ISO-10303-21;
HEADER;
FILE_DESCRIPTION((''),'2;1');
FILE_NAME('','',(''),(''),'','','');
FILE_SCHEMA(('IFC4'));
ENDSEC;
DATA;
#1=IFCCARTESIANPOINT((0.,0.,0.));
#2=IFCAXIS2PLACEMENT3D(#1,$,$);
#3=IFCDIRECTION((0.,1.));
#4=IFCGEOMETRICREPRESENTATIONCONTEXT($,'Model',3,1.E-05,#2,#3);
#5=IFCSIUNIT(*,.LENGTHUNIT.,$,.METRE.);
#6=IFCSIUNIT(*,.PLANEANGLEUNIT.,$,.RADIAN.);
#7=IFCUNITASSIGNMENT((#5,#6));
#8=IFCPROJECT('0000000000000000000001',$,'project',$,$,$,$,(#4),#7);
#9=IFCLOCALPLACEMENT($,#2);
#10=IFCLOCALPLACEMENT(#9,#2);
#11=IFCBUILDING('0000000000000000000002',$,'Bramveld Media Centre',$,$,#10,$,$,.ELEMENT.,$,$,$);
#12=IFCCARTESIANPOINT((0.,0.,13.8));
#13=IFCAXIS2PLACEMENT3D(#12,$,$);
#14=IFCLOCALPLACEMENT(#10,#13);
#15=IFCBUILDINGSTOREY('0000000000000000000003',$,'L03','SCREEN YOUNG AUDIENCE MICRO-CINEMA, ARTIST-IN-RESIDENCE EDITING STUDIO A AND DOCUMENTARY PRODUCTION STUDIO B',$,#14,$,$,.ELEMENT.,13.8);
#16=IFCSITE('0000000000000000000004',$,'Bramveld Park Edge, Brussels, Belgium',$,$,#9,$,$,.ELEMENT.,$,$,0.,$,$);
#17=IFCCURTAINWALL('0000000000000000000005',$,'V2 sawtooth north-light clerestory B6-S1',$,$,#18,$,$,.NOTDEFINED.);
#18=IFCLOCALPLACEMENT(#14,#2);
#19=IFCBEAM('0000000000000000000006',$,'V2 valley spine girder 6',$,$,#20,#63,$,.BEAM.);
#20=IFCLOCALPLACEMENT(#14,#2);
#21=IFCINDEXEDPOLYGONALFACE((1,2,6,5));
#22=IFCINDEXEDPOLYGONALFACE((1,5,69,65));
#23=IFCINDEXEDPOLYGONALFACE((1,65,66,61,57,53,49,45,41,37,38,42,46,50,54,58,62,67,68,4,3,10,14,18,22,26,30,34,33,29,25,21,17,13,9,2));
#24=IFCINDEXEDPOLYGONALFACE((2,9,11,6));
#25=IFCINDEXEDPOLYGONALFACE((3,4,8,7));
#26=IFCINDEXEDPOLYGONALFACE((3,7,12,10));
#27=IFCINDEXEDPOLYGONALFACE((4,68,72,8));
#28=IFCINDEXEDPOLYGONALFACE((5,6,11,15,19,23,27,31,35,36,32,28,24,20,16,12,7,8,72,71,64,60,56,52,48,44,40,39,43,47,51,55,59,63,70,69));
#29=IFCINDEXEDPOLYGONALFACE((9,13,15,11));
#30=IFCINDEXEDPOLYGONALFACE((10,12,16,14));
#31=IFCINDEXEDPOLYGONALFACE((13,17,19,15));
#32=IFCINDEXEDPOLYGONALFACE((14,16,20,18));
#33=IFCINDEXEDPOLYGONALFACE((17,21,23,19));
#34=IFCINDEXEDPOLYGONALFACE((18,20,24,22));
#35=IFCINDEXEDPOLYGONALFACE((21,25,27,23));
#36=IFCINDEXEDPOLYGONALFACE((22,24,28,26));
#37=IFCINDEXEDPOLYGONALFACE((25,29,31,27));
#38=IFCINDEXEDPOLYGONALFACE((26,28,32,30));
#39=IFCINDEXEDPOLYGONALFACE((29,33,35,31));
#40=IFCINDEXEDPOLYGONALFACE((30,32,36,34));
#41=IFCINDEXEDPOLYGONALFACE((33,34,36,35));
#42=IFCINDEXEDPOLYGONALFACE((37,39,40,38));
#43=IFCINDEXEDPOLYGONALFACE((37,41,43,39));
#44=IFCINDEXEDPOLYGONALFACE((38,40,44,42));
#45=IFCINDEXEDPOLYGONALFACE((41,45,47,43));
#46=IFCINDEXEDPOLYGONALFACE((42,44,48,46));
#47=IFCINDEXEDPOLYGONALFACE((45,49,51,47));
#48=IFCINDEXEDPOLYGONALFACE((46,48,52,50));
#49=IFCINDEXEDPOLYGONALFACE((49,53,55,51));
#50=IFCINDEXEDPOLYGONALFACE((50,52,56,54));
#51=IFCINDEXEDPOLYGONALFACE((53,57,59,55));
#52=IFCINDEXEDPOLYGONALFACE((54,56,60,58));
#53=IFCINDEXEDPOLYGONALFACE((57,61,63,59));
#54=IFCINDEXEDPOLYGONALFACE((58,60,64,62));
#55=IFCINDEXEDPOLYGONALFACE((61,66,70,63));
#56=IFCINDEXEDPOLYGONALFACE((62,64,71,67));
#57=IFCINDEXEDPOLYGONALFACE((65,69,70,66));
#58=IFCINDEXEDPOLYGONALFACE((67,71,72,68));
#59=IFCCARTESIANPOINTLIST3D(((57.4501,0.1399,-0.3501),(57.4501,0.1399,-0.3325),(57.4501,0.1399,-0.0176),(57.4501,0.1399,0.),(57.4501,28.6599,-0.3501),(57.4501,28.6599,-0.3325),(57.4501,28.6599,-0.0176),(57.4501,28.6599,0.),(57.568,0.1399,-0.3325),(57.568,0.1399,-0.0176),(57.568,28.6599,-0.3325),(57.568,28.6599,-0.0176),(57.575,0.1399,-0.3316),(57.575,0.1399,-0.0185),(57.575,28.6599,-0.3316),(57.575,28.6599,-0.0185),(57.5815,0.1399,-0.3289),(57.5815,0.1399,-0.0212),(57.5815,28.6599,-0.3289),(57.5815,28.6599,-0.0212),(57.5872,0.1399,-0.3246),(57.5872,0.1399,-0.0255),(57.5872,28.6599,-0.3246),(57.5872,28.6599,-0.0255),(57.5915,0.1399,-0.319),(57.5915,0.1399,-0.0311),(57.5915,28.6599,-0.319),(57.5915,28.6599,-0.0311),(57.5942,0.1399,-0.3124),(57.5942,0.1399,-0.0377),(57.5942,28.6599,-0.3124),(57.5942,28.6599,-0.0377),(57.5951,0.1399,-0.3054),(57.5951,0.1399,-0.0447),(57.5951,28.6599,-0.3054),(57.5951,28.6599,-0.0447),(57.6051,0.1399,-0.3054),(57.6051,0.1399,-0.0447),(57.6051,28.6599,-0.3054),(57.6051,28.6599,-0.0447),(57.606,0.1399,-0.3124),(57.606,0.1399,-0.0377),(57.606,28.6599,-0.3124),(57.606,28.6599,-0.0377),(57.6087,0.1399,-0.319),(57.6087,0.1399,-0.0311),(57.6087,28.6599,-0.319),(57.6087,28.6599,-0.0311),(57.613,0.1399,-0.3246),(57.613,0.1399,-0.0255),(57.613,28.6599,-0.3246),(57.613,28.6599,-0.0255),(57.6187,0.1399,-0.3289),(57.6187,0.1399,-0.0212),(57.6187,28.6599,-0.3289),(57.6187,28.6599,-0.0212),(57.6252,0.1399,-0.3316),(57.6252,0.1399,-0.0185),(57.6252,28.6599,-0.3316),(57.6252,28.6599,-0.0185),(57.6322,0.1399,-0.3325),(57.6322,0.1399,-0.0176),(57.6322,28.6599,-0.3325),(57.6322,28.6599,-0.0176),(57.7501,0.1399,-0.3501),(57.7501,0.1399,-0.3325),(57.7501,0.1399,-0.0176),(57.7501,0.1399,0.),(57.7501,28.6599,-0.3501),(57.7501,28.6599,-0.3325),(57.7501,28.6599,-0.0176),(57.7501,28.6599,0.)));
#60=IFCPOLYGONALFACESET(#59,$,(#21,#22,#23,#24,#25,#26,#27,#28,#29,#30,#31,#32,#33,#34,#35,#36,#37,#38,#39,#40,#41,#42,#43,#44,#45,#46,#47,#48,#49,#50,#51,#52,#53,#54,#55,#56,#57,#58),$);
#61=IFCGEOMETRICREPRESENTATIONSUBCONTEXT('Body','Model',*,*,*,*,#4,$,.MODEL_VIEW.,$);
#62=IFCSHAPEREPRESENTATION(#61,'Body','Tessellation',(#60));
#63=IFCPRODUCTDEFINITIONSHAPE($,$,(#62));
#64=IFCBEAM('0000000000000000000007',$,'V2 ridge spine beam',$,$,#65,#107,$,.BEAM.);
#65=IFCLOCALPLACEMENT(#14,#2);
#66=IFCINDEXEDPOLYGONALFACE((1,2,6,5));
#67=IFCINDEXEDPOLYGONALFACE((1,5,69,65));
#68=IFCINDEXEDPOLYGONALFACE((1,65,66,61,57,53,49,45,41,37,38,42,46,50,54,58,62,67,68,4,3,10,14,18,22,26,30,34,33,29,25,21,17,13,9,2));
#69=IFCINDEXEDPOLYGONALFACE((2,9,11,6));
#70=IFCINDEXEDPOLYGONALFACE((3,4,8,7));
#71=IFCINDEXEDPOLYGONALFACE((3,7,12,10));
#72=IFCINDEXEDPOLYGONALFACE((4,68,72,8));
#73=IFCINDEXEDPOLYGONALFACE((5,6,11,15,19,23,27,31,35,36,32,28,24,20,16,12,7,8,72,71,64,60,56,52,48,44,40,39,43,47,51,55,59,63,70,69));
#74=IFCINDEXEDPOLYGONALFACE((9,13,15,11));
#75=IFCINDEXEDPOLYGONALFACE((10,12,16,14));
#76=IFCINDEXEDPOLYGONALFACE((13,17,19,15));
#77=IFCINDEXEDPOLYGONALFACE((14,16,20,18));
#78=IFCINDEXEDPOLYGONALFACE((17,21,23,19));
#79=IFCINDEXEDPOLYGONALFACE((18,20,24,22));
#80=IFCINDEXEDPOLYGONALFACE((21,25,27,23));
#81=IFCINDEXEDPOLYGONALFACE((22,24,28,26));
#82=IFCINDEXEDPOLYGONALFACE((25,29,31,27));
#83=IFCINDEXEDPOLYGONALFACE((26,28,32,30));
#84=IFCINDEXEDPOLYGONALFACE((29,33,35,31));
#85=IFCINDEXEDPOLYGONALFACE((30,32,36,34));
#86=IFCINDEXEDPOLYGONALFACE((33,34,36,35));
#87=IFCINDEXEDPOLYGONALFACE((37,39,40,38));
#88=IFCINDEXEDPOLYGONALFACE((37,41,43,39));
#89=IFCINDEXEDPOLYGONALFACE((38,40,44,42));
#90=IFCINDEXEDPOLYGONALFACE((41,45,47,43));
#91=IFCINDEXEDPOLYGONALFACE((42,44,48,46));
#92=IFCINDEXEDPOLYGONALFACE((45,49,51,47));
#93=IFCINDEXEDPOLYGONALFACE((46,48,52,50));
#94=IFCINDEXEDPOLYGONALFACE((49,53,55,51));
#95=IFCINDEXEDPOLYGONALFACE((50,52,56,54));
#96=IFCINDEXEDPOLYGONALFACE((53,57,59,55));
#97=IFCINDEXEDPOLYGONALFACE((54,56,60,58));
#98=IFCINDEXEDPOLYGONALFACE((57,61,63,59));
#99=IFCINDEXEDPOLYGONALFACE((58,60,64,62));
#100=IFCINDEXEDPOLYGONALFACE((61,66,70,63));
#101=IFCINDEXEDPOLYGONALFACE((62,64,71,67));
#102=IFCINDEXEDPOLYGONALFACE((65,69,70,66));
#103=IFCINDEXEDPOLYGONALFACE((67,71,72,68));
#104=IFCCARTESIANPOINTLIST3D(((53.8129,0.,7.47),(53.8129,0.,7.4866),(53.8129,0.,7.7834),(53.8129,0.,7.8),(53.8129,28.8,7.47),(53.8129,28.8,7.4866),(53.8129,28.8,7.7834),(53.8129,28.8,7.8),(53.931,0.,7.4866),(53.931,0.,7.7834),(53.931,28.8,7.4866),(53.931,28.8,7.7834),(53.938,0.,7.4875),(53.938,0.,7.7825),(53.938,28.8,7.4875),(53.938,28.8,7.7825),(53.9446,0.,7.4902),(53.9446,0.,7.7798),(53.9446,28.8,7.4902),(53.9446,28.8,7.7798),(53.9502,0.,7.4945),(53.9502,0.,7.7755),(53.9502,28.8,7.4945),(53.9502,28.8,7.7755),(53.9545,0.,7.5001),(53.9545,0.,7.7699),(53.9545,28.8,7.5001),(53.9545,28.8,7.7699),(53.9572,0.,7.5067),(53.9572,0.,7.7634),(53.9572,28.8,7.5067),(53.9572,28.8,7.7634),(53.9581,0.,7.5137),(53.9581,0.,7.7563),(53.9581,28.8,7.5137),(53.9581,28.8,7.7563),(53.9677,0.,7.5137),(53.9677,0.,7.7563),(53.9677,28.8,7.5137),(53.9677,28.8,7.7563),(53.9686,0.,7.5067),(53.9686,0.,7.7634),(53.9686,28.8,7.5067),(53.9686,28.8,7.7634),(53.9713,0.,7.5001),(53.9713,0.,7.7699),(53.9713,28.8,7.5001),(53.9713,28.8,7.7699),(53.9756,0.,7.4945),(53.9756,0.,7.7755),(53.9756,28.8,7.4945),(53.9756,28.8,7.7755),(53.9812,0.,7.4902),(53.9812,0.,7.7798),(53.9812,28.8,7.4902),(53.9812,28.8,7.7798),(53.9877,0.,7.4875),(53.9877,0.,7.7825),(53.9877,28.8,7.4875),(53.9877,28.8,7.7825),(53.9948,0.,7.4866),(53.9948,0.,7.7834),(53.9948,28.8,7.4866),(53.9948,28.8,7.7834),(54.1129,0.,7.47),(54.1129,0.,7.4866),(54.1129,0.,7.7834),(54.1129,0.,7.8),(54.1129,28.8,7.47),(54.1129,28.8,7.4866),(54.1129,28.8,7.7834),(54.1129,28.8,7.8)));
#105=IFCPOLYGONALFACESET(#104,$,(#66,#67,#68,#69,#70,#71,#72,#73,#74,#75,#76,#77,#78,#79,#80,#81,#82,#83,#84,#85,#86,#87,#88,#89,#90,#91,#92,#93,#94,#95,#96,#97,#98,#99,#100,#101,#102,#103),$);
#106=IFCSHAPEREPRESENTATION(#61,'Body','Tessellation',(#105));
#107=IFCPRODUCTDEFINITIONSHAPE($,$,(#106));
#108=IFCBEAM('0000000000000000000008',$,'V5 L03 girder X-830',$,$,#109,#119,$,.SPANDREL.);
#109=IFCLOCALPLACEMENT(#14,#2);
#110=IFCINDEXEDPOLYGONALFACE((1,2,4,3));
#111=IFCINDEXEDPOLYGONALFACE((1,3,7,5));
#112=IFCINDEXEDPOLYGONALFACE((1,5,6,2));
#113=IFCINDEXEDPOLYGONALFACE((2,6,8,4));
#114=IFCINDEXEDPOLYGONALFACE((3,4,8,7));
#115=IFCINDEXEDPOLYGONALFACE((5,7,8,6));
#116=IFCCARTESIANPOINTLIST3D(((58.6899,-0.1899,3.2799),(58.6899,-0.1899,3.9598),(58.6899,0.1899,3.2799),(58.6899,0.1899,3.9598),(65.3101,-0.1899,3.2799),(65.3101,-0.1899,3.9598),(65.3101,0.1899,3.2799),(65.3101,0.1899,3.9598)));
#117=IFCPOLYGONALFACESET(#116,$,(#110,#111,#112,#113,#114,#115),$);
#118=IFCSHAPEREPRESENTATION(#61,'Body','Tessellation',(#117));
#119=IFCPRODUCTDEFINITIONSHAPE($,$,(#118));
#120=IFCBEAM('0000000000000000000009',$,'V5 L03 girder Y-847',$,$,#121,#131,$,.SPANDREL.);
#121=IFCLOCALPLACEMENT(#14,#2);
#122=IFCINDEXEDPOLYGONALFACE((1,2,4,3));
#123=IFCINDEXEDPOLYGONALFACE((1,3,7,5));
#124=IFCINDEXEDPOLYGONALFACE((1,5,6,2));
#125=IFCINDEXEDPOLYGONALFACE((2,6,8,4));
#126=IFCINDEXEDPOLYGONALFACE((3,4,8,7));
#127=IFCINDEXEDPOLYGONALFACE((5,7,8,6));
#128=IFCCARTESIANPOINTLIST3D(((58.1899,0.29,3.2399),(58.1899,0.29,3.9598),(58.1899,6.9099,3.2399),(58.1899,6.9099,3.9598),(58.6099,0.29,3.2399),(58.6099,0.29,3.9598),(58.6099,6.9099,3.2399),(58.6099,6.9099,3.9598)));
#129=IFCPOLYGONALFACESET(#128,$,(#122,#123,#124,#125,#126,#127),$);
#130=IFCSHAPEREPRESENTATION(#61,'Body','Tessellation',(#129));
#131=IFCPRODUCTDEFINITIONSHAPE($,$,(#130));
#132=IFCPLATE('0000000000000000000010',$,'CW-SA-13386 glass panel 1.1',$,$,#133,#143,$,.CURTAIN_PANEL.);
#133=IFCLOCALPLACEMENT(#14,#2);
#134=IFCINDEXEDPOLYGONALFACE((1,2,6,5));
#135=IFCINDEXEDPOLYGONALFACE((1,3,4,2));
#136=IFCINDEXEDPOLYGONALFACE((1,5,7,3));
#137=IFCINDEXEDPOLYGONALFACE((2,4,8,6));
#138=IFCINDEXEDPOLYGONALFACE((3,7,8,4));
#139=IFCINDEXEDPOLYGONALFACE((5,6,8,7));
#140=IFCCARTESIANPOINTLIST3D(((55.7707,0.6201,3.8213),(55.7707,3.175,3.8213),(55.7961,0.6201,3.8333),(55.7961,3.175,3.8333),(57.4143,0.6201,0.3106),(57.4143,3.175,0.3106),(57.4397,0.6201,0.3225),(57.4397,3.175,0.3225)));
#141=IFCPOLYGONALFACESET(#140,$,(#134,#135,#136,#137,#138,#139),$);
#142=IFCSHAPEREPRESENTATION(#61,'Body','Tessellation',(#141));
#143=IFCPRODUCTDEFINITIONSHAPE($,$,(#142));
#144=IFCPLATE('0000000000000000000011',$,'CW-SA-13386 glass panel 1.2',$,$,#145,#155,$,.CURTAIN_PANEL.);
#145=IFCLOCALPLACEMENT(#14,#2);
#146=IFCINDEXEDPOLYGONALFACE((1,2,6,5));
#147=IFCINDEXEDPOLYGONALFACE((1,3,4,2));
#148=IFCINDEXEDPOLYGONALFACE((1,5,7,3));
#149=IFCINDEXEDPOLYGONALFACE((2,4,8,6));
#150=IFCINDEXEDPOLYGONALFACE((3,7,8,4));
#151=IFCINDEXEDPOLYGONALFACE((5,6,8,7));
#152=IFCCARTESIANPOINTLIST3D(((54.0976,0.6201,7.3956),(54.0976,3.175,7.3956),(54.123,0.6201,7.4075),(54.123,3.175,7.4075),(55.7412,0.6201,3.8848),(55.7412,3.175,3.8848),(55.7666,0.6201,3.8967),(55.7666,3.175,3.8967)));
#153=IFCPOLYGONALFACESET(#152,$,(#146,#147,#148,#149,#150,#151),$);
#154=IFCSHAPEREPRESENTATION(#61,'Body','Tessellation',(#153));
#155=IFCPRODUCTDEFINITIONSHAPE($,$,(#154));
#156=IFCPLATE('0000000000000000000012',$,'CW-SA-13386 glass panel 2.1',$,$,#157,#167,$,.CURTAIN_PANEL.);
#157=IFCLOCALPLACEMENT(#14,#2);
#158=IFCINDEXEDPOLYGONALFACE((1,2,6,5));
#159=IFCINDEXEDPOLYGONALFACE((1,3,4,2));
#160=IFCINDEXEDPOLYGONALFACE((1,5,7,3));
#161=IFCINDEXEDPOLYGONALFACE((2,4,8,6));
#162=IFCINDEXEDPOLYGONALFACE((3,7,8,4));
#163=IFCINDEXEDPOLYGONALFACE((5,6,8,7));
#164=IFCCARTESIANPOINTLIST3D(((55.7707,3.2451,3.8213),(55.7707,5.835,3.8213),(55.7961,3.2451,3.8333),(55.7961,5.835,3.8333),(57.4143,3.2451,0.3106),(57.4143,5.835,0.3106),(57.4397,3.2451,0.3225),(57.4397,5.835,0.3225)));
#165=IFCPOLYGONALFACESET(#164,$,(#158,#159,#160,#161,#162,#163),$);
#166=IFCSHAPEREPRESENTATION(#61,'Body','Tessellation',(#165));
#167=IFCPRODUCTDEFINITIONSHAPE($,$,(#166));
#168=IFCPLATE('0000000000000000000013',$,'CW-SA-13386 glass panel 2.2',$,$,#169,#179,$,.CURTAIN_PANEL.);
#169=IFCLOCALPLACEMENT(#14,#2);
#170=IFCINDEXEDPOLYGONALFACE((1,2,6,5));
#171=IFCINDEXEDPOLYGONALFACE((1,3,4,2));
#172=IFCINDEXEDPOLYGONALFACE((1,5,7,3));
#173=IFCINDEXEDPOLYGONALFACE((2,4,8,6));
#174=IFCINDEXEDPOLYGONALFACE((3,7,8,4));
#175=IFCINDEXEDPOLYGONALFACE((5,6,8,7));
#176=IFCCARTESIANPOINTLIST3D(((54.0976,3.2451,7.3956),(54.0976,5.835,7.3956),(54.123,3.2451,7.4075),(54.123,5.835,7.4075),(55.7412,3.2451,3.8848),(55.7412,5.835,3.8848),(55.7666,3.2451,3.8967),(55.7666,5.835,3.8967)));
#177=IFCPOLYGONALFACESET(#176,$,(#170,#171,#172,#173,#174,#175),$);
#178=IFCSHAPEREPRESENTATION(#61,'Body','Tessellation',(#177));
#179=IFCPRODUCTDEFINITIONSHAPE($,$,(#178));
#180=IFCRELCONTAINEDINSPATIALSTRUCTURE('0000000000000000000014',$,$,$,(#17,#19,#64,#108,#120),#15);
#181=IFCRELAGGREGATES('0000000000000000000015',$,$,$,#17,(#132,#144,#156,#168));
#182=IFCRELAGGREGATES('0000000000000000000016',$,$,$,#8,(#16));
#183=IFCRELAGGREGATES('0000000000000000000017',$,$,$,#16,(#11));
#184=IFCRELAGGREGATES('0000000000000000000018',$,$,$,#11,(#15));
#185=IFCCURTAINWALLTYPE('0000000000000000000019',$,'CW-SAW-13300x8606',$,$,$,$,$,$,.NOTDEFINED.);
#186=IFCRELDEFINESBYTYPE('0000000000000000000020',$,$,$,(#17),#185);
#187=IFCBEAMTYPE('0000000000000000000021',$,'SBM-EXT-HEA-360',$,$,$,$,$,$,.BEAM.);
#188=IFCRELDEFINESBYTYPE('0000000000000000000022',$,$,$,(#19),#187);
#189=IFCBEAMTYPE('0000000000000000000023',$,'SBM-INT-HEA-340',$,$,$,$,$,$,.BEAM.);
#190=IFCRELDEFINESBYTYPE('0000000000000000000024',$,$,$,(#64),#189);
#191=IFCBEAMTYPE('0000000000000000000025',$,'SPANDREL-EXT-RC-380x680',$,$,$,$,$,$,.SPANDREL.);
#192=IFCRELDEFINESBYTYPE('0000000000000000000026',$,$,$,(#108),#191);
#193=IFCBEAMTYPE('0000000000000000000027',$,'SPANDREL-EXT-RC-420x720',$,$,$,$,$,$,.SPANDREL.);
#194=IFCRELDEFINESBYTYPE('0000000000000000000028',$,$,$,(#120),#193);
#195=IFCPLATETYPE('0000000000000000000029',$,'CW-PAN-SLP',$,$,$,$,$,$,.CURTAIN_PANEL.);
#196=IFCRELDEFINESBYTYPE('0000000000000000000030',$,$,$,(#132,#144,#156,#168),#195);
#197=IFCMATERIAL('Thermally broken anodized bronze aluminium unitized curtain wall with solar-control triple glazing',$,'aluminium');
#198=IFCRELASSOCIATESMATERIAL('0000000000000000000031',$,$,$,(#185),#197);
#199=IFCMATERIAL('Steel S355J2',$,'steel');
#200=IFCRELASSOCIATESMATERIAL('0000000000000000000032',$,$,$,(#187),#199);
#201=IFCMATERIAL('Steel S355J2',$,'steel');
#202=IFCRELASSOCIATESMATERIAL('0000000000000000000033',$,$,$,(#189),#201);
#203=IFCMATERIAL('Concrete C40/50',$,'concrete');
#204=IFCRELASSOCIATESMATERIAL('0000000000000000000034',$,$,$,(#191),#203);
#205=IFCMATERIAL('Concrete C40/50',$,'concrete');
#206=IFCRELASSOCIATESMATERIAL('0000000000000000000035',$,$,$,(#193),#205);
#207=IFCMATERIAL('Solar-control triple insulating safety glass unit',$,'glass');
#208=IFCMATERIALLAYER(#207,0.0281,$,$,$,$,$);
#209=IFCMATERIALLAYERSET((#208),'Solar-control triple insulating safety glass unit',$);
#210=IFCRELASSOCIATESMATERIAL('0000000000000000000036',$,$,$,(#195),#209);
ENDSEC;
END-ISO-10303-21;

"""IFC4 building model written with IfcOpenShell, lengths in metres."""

from ifc_helpers import new_model, si_unit, direction, frame, origin, origin_2d, place, context, subcontext, project, spatial, polyline, rectangle, i_section, outline, extrude, material, layer, layer_set, material_profile, profile_set, type_object, element, aggregate, save


model = new_model("IFC4")

# Units and contexts
model_context = context("Model", 3, precision=1e-05, world=origin(), true_north=direction((0.0, 1.0)))
body_context = subcontext(model_context, "Body", "Model", "MODEL_VIEW")
ifc_project = project(units=[si_unit("LENGTHUNIT", "METRE"), si_unit("PLANEANGLEUNIT", "RADIAN")], contexts=[model_context])

# Site, building, storey
site_placement = place(None, origin())
site = spatial("IfcSite", under=ifc_project, at=site_placement, Name="Bramveld Park Edge, Brussels, Belgium", CompositionType="ELEMENT", RefElevation=0.0)
building_placement = place(site_placement, origin())
building = spatial("IfcBuilding", under=site, at=building_placement, Name="Bramveld Media Centre", CompositionType="ELEMENT")
storey_placement = place(building_placement, frame((0.0, 0.0, 13.8)))
storey = spatial("IfcBuildingStorey", under=building, at=storey_placement, Name="L03", Description="SCREEN YOUNG AUDIENCE MICRO-CINEMA, ARTIST-IN-RESIDENCE EDITING STUDIO A AND DOCUMENTARY PRODUCTION STUDIO B", CompositionType="ELEMENT", Elevation=13.8)

# Curtain wall
ifc_material_1 = material(Name="Thermally broken anodized bronze aluminium unitized curtain wall with solar-control triple glazing", Category="aluminium")
curtain_wall_type = type_object("IfcCurtainWallType", Name="CW-SAW-13300x8606", PredefinedType="NOTDEFINED", material=ifc_material_1)
curtain_wall_placement = place(storey_placement, origin())
curtain_wall = element("IfcCurtainWall", 1, at=curtain_wall_placement, inside=storey, type_object=curtain_wall_type, Name="V2 sawtooth north-light clerestory B6-S1", PredefinedType="NOTDEFINED")

# Beams
ifc_material_2 = material(Name="Steel S355J2", Category="steel")
ifc_material_profile_1 = material_profile(ifc_material_2, i_section(OverallWidth=0.3, OverallDepth=0.3501, WebThickness=0.01, FlangeThickness=0.0176, FilletRadius=0.0271, at=origin_2d()), Name="HEA 360")
ifc_profile_set_1 = profile_set([ifc_material_profile_1], Name="Steel S355J2")
beam_type_1 = type_object("IfcBeamType", Name="SBM-EXT-HEA-360", PredefinedType="BEAM", material=ifc_profile_set_1)
beam_1_placement = place(storey_placement, frame((57.6001, 0.1399, -0.175), z_axis=(0.0, 1.0, 0.0), x_axis=(-1.0, 0.0, 0.0)))
element("IfcBeam", 2, at=beam_1_placement, inside=storey, type_object=beam_type_1, Name="V2 valley spine girder 6", PredefinedType="BEAM", context=body_context, shape_type="SweptSolid", body=[
    extrude(i_section(OverallWidth=0.3, OverallDepth=0.3501, WebThickness=0.01, FlangeThickness=0.0176, FilletRadius=0.0271, at=origin_2d()), origin(), (0.0, 0.0, 1.0), 28.52),
])
ifc_material_3 = material(Name="Steel S355J2", Category="steel")
ifc_material_profile_2 = material_profile(ifc_material_3, i_section(OverallWidth=0.3, OverallDepth=0.3301, WebThickness=0.0095, FlangeThickness=0.0166, FilletRadius=0.0271, at=origin_2d()), Name="HEA 340")
ifc_profile_set_2 = profile_set([ifc_material_profile_2], Name="Steel S355J2")
beam_type_2 = type_object("IfcBeamType", Name="SBM-INT-HEA-340", PredefinedType="BEAM", material=ifc_profile_set_2)
beam_2_placement = place(storey_placement, frame((53.9629, 0.0, 7.635), z_axis=(0.0, 1.0, 0.0), x_axis=(-1.0, 0.0, 0.0)))
element("IfcBeam", 3, at=beam_2_placement, inside=storey, type_object=beam_type_2, Name="V2 ridge spine beam", PredefinedType="BEAM", context=body_context, shape_type="SweptSolid", body=[
    extrude(i_section(OverallWidth=0.3, OverallDepth=0.3301, WebThickness=0.0095, FlangeThickness=0.0166, FilletRadius=0.0271, at=origin_2d()), origin(), (0.0, 0.0, 1.0), 28.8),
])
ifc_material_4 = material(Name="Concrete C40/50", Category="concrete")
ifc_material_profile_3 = material_profile(ifc_material_4, rectangle(XDim=0.3799, YDim=0.6799, at=origin_2d()), Name="RC 380x680")
ifc_profile_set_3 = profile_set([ifc_material_profile_3], Name="Concrete C40/50")
beam_type_3 = type_object("IfcBeamType", Name="SPANDREL-EXT-RC-380x680", PredefinedType="SPANDREL", material=ifc_profile_set_3)
beam_3_placement = place(storey_placement, frame((58.6899, 0.0, 3.6199), z_axis=(1.0, 0.0, 0.0), x_axis=(0.0, 1.0, 0.0)))
element("IfcBeam", 4, at=beam_3_placement, inside=storey, type_object=beam_type_3, Name="V5 L03 girder X-830", PredefinedType="SPANDREL", context=body_context, shape_type="SweptSolid", body=[
    extrude(rectangle(XDim=0.3799, YDim=0.6799, at=origin_2d()), origin(), (0.0, 0.0, 1.0), 6.6201),
])
ifc_material_5 = material(Name="Concrete C40/50", Category="concrete")
ifc_material_profile_4 = material_profile(ifc_material_5, rectangle(XDim=0.4199, YDim=0.72, at=origin_2d()), Name="RC 420x720")
ifc_profile_set_4 = profile_set([ifc_material_profile_4], Name="Concrete C40/50")
beam_type_4 = type_object("IfcBeamType", Name="SPANDREL-EXT-RC-420x720", PredefinedType="SPANDREL", material=ifc_profile_set_4)
beam_4_placement = place(storey_placement, frame((58.3999, 0.29, 3.5999), z_axis=(0.0, 1.0, 0.0), x_axis=(-1.0, 0.0, 0.0)))
element("IfcBeam", 5, at=beam_4_placement, inside=storey, type_object=beam_type_4, Name="V5 L03 girder Y-847", PredefinedType="SPANDREL", context=body_context, shape_type="SweptSolid", body=[
    extrude(rectangle(XDim=0.4199, YDim=0.72, at=origin_2d()), origin(), (0.0, 0.0, 1.0), 6.6199),
])

# Plates
ifc_material_6 = material(Name="Solar-control triple insulating safety glass unit", Category="glass")
ifc_layer_1 = layer(ifc_material_6, 0.0281)
ifc_layer_set_1 = layer_set([ifc_layer_1], Name="Solar-control triple insulating safety glass unit")
plate_type_1 = type_object("IfcPlateType", Name="CW-PAN-SLP", PredefinedType="CURTAIN_PANEL", material=ifc_layer_set_1)
plate_1_placement = place(storey_placement, frame((57.4397, 0.6201, 0.3225), z_axis=(0.905668, 0.0, 0.423988), x_axis=(0.0, 1.0, 0.0)))
plate_1 = element("IfcPlate", 6, at=plate_1_placement, type_object=plate_type_1, Name="CW-SA-13386 glass panel 1.1", PredefinedType="CURTAIN_PANEL", context=body_context, shape_type="SweptSolid", body=[
    extrude(outline(polyline([(0.0, 0.0), (2.5549, 0.0), (2.5549, 3.8764), (0.0, 3.8764), (0.0, 0.0)])), origin(), (0.0, 0.0, -1.0), 0.0281),
])
plate_2_placement = place(storey_placement, frame((55.7666, 0.6201, 3.8967), z_axis=(0.905668, 0.0, 0.423988), x_axis=(0.0, 1.0, 0.0)))
plate_2 = element("IfcPlate", 7, at=plate_2_placement, type_object=plate_type_1, Name="CW-SA-13386 glass panel 1.2", PredefinedType="CURTAIN_PANEL", context=body_context, shape_type="SweptSolid", body=[
    extrude(outline(polyline([(0.0, 0.0), (2.5549, 0.0), (2.5549, 3.8764), (0.0, 3.8764), (0.0, 0.0)])), origin(), (0.0, 0.0, -1.0), 0.0281),
])
plate_3_placement = place(storey_placement, frame((57.4397, 3.2451, 0.3225), z_axis=(0.905668, 0.0, 0.423988), x_axis=(0.0, 1.0, 0.0)))
plate_3 = element("IfcPlate", 8, at=plate_3_placement, type_object=plate_type_1, Name="CW-SA-13386 glass panel 2.1", PredefinedType="CURTAIN_PANEL", context=body_context, shape_type="SweptSolid", body=[
    extrude(outline(polyline([(0.0, 0.0), (2.5898, 0.0), (2.5898, 3.8764), (0.0, 3.8764), (0.0, 0.0)])), origin(), (0.0, 0.0, -1.0), 0.0281),
])
plate_4_placement = place(storey_placement, frame((55.7666, 3.2451, 3.8967), z_axis=(0.905668, 0.0, 0.423988), x_axis=(0.0, 1.0, 0.0)))
plate_4 = element("IfcPlate", 9, at=plate_4_placement, type_object=plate_type_1, Name="CW-SA-13386 glass panel 2.2", PredefinedType="CURTAIN_PANEL", context=body_context, shape_type="SweptSolid", body=[
    extrude(outline(polyline([(0.0, 0.0), (2.5898, 0.0), (2.5898, 3.8764), (0.0, 3.8764), (0.0, 0.0)])), origin(), (0.0, 0.0, -1.0), 0.0281),
])
aggregate(curtain_wall, [plate_1, plate_2, plate_3, plate_4])

save(model, "model.ifc")
